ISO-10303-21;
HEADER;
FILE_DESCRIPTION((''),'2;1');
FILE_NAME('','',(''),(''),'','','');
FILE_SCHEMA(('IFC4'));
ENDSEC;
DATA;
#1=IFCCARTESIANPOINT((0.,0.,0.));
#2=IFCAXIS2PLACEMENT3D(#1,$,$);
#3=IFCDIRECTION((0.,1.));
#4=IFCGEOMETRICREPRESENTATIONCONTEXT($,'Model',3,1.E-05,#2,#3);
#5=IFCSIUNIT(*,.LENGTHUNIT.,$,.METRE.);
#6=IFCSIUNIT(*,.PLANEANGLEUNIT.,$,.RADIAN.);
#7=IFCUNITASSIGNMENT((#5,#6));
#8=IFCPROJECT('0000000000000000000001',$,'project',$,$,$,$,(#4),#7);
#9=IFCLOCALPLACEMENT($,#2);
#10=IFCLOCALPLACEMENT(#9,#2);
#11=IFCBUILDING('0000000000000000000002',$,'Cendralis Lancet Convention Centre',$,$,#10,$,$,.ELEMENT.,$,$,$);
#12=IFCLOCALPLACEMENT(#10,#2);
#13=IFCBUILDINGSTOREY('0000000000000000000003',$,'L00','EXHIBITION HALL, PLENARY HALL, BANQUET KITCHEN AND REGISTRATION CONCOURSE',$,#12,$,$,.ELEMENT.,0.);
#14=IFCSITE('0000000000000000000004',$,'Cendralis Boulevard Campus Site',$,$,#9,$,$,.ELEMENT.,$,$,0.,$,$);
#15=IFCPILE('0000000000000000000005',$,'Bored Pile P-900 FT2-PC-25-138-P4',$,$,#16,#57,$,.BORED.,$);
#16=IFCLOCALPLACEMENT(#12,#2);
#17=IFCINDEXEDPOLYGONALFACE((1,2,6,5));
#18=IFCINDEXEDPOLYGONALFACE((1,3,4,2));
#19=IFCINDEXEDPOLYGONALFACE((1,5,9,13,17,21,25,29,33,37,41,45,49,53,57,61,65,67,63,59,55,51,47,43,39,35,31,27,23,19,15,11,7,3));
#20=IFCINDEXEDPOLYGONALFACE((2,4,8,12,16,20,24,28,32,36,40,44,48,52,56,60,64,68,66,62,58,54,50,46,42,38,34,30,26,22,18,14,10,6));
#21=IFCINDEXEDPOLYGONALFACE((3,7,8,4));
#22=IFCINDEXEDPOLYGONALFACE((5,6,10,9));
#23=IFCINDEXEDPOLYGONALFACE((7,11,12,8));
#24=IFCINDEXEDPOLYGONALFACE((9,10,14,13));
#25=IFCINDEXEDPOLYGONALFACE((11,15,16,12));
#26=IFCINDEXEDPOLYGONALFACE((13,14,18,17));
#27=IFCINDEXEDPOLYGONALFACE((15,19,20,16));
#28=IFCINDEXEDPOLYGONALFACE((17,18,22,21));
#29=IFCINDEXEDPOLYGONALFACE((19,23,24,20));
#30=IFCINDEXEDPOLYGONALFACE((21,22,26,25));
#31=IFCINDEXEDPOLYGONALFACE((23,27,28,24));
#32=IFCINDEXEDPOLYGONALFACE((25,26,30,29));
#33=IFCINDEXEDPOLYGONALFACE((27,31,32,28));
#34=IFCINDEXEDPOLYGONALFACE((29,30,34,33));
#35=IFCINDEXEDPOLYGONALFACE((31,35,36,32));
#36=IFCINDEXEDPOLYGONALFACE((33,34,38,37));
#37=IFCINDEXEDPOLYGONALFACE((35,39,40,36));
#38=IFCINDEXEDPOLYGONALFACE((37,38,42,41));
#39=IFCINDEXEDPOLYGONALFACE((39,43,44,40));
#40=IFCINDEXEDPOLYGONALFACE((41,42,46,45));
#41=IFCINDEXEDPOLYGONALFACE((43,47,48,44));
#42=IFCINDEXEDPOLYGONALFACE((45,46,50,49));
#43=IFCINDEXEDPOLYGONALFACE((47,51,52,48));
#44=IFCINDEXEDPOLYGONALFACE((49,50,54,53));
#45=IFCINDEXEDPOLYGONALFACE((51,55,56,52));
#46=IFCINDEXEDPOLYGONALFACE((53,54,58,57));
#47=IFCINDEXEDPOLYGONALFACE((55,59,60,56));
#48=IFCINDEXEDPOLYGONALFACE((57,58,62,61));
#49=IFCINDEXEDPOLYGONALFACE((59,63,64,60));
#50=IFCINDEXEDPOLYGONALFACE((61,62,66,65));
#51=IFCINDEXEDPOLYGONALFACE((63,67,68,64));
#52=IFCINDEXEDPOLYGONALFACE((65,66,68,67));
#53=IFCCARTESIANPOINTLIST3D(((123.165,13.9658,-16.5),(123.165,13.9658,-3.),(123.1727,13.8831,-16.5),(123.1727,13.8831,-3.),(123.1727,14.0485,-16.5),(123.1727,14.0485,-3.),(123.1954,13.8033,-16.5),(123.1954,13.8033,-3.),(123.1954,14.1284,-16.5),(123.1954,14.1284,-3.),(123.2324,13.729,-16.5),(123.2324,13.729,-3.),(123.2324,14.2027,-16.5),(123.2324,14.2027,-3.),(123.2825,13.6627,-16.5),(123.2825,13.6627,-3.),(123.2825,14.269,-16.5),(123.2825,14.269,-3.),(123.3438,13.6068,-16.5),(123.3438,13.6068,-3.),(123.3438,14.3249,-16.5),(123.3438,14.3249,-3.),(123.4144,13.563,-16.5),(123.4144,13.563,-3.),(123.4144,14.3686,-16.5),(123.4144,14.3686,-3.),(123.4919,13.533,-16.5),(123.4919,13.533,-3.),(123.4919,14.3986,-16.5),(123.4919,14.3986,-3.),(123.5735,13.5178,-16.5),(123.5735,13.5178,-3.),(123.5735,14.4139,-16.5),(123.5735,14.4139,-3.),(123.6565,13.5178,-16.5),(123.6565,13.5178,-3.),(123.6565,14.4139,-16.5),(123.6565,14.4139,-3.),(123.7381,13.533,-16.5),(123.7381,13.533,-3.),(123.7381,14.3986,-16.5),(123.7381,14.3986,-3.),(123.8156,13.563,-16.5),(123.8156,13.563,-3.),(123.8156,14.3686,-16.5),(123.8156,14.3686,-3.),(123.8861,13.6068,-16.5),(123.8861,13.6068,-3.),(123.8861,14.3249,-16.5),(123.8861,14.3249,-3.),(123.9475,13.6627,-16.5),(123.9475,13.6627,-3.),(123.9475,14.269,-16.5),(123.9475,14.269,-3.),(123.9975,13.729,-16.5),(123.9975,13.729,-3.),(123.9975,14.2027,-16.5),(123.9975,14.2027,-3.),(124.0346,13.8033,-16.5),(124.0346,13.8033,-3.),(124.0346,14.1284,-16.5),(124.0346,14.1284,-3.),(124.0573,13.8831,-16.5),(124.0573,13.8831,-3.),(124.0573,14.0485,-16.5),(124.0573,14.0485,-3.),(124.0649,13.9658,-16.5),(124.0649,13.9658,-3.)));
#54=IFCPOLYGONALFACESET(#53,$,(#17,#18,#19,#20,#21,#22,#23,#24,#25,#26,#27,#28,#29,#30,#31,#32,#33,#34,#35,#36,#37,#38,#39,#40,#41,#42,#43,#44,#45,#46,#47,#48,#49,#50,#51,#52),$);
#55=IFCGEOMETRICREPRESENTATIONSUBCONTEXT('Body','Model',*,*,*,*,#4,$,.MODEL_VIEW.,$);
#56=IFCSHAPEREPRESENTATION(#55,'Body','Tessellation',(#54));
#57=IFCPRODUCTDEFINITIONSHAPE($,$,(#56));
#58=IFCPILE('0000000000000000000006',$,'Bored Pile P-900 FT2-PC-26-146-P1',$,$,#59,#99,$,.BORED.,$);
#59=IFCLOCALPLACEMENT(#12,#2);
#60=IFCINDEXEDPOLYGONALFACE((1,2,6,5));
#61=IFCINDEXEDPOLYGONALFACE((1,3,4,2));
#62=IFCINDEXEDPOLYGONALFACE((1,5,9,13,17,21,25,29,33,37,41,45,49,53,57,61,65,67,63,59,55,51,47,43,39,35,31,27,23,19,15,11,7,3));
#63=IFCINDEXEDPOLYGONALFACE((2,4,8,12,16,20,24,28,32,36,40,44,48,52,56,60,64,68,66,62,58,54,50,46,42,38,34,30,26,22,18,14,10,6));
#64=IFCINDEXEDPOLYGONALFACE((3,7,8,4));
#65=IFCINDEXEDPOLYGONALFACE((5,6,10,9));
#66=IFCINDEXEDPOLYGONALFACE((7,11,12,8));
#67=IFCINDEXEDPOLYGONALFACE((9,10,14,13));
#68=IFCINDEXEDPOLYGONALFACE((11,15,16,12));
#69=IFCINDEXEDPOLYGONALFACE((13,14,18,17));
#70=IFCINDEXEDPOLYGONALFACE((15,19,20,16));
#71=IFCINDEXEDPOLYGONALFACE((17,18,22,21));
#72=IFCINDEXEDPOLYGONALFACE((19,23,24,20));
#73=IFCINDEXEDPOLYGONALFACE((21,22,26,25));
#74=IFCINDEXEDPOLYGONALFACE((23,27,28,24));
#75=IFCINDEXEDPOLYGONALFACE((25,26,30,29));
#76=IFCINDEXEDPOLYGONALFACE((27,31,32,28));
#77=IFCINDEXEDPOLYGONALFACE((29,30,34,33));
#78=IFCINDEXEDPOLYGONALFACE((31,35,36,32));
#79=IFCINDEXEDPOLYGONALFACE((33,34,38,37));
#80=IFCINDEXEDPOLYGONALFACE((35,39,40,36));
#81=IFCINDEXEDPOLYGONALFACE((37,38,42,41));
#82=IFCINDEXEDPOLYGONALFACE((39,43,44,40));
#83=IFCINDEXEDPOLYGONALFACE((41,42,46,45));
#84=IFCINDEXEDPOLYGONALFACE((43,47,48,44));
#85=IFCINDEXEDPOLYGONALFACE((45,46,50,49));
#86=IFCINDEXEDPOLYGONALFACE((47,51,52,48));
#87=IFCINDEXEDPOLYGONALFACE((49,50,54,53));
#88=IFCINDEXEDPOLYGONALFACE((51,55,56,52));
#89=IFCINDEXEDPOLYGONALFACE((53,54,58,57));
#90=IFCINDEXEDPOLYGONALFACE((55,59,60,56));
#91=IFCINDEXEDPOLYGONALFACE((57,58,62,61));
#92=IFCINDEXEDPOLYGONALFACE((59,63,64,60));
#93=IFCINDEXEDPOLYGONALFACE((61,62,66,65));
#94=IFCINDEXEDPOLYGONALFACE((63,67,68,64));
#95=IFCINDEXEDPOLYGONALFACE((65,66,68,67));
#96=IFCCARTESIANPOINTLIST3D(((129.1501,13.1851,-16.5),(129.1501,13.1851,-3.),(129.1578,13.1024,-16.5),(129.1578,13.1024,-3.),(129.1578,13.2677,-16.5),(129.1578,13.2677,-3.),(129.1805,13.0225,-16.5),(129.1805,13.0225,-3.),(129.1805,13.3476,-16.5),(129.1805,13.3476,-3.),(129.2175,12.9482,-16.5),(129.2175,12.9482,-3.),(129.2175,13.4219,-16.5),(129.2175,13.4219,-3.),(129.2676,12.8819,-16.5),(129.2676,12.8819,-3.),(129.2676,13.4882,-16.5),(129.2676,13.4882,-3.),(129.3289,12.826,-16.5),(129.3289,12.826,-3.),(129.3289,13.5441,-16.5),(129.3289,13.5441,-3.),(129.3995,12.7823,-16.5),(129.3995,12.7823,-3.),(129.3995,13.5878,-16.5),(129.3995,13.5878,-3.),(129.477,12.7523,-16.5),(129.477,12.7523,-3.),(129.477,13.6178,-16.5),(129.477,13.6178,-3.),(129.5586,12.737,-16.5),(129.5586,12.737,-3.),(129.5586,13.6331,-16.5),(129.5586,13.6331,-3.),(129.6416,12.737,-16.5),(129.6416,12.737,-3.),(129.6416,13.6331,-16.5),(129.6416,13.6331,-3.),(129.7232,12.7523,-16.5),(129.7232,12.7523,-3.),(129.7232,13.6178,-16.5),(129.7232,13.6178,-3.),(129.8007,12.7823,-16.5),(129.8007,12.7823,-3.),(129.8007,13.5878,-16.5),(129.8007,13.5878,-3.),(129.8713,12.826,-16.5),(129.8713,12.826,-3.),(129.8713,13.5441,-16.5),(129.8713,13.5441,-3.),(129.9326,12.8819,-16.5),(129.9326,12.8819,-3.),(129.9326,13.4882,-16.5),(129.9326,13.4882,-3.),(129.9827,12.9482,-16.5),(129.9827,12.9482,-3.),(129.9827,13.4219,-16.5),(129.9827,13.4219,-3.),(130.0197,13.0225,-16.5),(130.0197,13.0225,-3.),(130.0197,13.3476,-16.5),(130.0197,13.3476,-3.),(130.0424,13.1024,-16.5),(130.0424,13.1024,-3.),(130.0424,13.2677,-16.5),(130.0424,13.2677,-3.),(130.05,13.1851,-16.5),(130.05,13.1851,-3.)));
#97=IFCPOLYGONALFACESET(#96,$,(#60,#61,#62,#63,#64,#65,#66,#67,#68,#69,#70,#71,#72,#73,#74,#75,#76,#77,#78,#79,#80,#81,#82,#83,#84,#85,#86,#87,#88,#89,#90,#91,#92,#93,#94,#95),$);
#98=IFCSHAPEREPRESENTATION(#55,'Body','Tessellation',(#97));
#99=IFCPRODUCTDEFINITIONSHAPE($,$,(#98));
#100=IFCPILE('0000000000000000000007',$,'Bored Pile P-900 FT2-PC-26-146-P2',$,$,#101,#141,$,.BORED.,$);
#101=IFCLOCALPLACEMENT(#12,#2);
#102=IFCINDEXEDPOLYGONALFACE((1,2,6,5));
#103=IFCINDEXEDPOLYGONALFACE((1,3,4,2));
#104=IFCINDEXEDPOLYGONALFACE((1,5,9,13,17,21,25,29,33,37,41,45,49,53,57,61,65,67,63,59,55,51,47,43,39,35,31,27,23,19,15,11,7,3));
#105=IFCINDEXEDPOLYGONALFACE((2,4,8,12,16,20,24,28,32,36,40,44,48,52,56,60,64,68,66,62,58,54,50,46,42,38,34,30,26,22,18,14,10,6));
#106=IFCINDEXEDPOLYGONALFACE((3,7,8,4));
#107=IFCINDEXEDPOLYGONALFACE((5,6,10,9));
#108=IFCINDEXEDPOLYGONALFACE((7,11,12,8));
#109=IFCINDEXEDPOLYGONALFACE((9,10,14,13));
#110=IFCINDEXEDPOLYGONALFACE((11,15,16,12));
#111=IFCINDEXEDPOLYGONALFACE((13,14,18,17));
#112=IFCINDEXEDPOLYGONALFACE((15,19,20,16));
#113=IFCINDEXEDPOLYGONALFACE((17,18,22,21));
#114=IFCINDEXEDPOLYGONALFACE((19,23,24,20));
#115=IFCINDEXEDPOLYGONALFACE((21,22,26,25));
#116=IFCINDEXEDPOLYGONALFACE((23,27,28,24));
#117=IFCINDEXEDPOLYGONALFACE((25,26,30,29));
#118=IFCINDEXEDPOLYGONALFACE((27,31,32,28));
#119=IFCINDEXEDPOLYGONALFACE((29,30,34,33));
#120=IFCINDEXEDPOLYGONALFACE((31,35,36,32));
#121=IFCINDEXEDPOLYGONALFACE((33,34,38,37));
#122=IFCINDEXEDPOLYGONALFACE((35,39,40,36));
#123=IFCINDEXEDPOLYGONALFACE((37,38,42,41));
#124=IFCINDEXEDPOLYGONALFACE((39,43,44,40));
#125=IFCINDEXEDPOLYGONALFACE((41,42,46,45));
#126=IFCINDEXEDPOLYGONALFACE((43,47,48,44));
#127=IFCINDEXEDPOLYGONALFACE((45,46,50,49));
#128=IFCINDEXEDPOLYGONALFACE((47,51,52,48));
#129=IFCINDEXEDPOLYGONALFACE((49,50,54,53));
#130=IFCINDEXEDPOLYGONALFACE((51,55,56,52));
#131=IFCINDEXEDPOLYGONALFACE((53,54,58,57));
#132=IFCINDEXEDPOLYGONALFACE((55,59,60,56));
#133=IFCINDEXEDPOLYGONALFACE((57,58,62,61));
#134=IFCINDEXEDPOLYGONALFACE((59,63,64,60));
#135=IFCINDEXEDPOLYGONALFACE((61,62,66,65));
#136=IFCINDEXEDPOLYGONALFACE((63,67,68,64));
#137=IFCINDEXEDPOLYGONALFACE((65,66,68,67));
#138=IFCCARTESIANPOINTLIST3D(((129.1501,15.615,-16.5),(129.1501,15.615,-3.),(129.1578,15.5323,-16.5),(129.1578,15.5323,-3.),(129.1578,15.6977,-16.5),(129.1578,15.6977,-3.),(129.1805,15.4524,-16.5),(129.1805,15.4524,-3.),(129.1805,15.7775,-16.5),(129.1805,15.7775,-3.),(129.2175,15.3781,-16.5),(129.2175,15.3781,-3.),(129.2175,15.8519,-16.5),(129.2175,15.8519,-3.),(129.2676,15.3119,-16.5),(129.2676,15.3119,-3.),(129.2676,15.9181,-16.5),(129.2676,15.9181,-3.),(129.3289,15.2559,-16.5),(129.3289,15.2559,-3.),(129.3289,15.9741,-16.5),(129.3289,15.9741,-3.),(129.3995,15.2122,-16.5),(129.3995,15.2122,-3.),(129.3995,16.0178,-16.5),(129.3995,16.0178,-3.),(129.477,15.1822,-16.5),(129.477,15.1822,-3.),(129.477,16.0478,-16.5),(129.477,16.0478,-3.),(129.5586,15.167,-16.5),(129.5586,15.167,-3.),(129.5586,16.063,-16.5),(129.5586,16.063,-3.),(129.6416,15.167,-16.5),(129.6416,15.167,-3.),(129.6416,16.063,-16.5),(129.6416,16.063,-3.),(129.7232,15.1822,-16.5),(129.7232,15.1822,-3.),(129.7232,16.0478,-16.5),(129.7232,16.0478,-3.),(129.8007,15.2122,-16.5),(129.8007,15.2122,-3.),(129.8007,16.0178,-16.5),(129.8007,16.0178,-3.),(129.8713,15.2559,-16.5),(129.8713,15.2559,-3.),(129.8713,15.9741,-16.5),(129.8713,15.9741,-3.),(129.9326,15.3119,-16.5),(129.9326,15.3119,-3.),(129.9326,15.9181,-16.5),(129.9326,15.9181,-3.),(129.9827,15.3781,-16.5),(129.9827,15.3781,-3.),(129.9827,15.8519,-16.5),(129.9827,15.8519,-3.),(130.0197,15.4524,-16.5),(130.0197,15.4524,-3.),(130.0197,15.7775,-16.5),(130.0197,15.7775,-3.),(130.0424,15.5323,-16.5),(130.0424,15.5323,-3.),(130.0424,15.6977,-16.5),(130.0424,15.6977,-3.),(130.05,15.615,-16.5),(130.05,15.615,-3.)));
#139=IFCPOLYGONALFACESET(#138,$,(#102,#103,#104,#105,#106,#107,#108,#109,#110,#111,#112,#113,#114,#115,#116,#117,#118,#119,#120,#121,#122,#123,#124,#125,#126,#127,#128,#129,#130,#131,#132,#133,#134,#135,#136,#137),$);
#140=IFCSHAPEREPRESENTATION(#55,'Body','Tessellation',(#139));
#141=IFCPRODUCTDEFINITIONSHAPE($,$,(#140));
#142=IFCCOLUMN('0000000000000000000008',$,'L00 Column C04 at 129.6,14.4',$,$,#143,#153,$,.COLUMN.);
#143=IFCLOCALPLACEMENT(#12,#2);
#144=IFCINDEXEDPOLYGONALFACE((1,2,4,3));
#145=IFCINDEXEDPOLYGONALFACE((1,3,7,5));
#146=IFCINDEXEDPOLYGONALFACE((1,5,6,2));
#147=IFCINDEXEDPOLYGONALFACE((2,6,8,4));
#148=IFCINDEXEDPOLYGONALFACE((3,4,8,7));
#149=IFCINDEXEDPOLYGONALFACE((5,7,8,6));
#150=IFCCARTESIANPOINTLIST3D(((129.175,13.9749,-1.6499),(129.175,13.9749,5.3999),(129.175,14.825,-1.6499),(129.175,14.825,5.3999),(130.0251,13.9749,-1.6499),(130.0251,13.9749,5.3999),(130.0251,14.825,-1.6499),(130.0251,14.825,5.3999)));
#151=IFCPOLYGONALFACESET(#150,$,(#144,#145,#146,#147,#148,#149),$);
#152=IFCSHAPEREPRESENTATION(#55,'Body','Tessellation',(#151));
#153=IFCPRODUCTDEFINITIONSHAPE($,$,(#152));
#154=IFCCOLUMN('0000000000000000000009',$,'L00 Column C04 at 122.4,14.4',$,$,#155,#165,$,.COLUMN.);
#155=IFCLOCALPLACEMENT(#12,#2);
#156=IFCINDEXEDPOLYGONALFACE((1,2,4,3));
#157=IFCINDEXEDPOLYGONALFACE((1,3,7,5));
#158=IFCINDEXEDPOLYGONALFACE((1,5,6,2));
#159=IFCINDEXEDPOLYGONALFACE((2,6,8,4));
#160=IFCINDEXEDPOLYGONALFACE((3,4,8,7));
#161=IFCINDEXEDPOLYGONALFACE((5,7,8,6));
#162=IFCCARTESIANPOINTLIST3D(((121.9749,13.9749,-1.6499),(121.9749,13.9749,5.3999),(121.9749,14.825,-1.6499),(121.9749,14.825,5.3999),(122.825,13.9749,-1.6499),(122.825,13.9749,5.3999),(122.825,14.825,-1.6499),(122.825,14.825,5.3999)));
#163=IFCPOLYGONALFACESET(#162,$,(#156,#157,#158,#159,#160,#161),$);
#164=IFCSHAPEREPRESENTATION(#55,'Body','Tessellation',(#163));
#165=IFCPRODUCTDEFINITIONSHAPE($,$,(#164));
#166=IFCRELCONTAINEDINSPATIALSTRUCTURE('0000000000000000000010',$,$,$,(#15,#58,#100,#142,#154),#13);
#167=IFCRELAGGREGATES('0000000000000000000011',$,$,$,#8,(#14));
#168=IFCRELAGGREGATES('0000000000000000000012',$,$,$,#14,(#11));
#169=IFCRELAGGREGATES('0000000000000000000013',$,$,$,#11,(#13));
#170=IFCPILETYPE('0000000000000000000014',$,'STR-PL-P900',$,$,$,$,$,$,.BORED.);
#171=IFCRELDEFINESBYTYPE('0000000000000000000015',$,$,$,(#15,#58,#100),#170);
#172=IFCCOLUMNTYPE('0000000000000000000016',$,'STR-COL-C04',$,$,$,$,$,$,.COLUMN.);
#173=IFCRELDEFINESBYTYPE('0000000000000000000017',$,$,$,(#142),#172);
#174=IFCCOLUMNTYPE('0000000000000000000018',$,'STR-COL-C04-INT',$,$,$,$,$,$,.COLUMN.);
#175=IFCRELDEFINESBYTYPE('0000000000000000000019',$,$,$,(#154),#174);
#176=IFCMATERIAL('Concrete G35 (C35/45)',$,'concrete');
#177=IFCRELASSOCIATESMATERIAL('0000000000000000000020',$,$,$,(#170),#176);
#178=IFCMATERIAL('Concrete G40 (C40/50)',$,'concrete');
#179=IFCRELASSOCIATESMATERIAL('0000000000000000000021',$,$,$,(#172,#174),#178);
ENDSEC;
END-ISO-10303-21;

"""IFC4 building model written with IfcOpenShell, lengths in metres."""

from ifc_helpers import new_model, si_unit, direction, frame, origin, origin_2d, place, context, subcontext, project, spatial, rectangle, circle, extrude, material, material_profile, profile_set, type_object, element, save


model = new_model("IFC4")

# Units and contexts
model_context = context("Model", 3, precision=1e-05, world=origin(), true_north=direction((0.0, 1.0)))
body_context = subcontext(model_context, "Body", "Model", "MODEL_VIEW")
ifc_project = project(units=[si_unit("LENGTHUNIT", "METRE"), si_unit("PLANEANGLEUNIT", "RADIAN")], contexts=[model_context])

# Site, building, storey
site_placement = place(None, origin())
site = spatial("IfcSite", under=ifc_project, at=site_placement, Name="Cendralis Boulevard Campus Site", CompositionType="ELEMENT", RefElevation=0.0)
building_placement = place(site_placement, origin())
building = spatial("IfcBuilding", under=site, at=building_placement, Name="Cendralis Lancet Convention Centre", CompositionType="ELEMENT")
storey_placement = place(building_placement, origin())
storey = spatial("IfcBuildingStorey", under=building, at=storey_placement, Name="L00", Description="EXHIBITION HALL, PLENARY HALL, BANQUET KITCHEN AND REGISTRATION CONCOURSE", CompositionType="ELEMENT", Elevation=0.0)

# Shared definitions
ifc_material_1 = material(Name="Concrete G35 (C35/45)", Category="concrete")

# Piles
ifc_material_profile_1 = material_profile(ifc_material_1, circle(Radius=0.45, at=origin_2d()), Name="BORED PILE D900")
ifc_profile_set_1 = profile_set([ifc_material_profile_1], Name="Concrete G35 (C35/45)")
pile_type = type_object("IfcPileType", Name="STR-PL-P900", PredefinedType="BORED", material=ifc_profile_set_1)
for number, where, z_axis, x_axis, name in (
    (1, (123.615, 13.9658, -3.0), (0.0, 0.0, -1.0), (1.0, 0.0, 0.0), "Bored Pile P-900 FT2-PC-25-138-P4"),
    (2, (129.6001, 13.1851, -3.0), (0.0, 0.0, -1.0), (1.0, 0.0, 0.0), "Bored Pile P-900 FT2-PC-26-146-P1"),
    (3, (129.6001, 15.615, -3.0), (0.0, 0.0, -1.0), (1.0, 0.0, 0.0), "Bored Pile P-900 FT2-PC-26-146-P2"),
):
    element("IfcPile", number, at=place(storey_placement, frame(where, z_axis=z_axis, x_axis=x_axis)), inside=storey, type_object=pile_type, Name=name, PredefinedType="BORED", context=body_context, shape_type="SweptSolid", body=[
        extrude(circle(Radius=0.45, at=origin_2d()), origin(), (0.0, 0.0, 1.0), 13.5),
    ])

# Columns
ifc_material_2 = material(Name="Concrete G40 (C40/50)", Category="concrete")
ifc_material_profile_2 = material_profile(ifc_material_2, rectangle(XDim=0.8501, YDim=0.8501, at=origin_2d()), Name="RC 850x850")
ifc_profile_set_2 = profile_set([ifc_material_profile_2], Name="Concrete G40 (C40/50)")
column_type_1 = type_object("IfcColumnType", Name="STR-COL-C04", PredefinedType="COLUMN", material=ifc_profile_set_2)
column_1_placement = place(storey_placement, frame((129.6001, 14.3999, -1.6499), z_axis=(0.0, 0.0, 1.0), x_axis=(1.0, 0.0, 0.0)))
element("IfcColumn", 4, at=column_1_placement, inside=storey, type_object=column_type_1, Name="L00 Column C04 at 129.6,14.4", PredefinedType="COLUMN", context=body_context, shape_type="SweptSolid", body=[
    extrude(rectangle(XDim=0.8501, YDim=0.8501, at=origin_2d()), origin(), (0.0, 0.0, 1.0), 7.0498),
])
ifc_material_profile_3 = material_profile(ifc_material_2, rectangle(XDim=0.8501, YDim=0.8501, at=origin_2d()), Name="RC 850x850")
ifc_profile_set_3 = profile_set([ifc_material_profile_3], Name="Concrete G40 (C40/50)")
column_type_2 = type_object("IfcColumnType", Name="STR-COL-C04-INT", PredefinedType="COLUMN", material=ifc_profile_set_3)
column_2_placement = place(storey_placement, frame((122.3999, 14.3999, -1.6499), z_axis=(0.0, 0.0, 1.0), x_axis=(1.0, 0.0, 0.0)))
element("IfcColumn", 5, at=column_2_placement, inside=storey, type_object=column_type_2, Name="L00 Column C04 at 122.4,14.4", PredefinedType="COLUMN", context=body_context, shape_type="SweptSolid", body=[
    extrude(rectangle(XDim=0.8501, YDim=0.8501, at=origin_2d()), origin(), (0.0, 0.0, 1.0), 7.0498),
])

save(model, "model.ifc")
